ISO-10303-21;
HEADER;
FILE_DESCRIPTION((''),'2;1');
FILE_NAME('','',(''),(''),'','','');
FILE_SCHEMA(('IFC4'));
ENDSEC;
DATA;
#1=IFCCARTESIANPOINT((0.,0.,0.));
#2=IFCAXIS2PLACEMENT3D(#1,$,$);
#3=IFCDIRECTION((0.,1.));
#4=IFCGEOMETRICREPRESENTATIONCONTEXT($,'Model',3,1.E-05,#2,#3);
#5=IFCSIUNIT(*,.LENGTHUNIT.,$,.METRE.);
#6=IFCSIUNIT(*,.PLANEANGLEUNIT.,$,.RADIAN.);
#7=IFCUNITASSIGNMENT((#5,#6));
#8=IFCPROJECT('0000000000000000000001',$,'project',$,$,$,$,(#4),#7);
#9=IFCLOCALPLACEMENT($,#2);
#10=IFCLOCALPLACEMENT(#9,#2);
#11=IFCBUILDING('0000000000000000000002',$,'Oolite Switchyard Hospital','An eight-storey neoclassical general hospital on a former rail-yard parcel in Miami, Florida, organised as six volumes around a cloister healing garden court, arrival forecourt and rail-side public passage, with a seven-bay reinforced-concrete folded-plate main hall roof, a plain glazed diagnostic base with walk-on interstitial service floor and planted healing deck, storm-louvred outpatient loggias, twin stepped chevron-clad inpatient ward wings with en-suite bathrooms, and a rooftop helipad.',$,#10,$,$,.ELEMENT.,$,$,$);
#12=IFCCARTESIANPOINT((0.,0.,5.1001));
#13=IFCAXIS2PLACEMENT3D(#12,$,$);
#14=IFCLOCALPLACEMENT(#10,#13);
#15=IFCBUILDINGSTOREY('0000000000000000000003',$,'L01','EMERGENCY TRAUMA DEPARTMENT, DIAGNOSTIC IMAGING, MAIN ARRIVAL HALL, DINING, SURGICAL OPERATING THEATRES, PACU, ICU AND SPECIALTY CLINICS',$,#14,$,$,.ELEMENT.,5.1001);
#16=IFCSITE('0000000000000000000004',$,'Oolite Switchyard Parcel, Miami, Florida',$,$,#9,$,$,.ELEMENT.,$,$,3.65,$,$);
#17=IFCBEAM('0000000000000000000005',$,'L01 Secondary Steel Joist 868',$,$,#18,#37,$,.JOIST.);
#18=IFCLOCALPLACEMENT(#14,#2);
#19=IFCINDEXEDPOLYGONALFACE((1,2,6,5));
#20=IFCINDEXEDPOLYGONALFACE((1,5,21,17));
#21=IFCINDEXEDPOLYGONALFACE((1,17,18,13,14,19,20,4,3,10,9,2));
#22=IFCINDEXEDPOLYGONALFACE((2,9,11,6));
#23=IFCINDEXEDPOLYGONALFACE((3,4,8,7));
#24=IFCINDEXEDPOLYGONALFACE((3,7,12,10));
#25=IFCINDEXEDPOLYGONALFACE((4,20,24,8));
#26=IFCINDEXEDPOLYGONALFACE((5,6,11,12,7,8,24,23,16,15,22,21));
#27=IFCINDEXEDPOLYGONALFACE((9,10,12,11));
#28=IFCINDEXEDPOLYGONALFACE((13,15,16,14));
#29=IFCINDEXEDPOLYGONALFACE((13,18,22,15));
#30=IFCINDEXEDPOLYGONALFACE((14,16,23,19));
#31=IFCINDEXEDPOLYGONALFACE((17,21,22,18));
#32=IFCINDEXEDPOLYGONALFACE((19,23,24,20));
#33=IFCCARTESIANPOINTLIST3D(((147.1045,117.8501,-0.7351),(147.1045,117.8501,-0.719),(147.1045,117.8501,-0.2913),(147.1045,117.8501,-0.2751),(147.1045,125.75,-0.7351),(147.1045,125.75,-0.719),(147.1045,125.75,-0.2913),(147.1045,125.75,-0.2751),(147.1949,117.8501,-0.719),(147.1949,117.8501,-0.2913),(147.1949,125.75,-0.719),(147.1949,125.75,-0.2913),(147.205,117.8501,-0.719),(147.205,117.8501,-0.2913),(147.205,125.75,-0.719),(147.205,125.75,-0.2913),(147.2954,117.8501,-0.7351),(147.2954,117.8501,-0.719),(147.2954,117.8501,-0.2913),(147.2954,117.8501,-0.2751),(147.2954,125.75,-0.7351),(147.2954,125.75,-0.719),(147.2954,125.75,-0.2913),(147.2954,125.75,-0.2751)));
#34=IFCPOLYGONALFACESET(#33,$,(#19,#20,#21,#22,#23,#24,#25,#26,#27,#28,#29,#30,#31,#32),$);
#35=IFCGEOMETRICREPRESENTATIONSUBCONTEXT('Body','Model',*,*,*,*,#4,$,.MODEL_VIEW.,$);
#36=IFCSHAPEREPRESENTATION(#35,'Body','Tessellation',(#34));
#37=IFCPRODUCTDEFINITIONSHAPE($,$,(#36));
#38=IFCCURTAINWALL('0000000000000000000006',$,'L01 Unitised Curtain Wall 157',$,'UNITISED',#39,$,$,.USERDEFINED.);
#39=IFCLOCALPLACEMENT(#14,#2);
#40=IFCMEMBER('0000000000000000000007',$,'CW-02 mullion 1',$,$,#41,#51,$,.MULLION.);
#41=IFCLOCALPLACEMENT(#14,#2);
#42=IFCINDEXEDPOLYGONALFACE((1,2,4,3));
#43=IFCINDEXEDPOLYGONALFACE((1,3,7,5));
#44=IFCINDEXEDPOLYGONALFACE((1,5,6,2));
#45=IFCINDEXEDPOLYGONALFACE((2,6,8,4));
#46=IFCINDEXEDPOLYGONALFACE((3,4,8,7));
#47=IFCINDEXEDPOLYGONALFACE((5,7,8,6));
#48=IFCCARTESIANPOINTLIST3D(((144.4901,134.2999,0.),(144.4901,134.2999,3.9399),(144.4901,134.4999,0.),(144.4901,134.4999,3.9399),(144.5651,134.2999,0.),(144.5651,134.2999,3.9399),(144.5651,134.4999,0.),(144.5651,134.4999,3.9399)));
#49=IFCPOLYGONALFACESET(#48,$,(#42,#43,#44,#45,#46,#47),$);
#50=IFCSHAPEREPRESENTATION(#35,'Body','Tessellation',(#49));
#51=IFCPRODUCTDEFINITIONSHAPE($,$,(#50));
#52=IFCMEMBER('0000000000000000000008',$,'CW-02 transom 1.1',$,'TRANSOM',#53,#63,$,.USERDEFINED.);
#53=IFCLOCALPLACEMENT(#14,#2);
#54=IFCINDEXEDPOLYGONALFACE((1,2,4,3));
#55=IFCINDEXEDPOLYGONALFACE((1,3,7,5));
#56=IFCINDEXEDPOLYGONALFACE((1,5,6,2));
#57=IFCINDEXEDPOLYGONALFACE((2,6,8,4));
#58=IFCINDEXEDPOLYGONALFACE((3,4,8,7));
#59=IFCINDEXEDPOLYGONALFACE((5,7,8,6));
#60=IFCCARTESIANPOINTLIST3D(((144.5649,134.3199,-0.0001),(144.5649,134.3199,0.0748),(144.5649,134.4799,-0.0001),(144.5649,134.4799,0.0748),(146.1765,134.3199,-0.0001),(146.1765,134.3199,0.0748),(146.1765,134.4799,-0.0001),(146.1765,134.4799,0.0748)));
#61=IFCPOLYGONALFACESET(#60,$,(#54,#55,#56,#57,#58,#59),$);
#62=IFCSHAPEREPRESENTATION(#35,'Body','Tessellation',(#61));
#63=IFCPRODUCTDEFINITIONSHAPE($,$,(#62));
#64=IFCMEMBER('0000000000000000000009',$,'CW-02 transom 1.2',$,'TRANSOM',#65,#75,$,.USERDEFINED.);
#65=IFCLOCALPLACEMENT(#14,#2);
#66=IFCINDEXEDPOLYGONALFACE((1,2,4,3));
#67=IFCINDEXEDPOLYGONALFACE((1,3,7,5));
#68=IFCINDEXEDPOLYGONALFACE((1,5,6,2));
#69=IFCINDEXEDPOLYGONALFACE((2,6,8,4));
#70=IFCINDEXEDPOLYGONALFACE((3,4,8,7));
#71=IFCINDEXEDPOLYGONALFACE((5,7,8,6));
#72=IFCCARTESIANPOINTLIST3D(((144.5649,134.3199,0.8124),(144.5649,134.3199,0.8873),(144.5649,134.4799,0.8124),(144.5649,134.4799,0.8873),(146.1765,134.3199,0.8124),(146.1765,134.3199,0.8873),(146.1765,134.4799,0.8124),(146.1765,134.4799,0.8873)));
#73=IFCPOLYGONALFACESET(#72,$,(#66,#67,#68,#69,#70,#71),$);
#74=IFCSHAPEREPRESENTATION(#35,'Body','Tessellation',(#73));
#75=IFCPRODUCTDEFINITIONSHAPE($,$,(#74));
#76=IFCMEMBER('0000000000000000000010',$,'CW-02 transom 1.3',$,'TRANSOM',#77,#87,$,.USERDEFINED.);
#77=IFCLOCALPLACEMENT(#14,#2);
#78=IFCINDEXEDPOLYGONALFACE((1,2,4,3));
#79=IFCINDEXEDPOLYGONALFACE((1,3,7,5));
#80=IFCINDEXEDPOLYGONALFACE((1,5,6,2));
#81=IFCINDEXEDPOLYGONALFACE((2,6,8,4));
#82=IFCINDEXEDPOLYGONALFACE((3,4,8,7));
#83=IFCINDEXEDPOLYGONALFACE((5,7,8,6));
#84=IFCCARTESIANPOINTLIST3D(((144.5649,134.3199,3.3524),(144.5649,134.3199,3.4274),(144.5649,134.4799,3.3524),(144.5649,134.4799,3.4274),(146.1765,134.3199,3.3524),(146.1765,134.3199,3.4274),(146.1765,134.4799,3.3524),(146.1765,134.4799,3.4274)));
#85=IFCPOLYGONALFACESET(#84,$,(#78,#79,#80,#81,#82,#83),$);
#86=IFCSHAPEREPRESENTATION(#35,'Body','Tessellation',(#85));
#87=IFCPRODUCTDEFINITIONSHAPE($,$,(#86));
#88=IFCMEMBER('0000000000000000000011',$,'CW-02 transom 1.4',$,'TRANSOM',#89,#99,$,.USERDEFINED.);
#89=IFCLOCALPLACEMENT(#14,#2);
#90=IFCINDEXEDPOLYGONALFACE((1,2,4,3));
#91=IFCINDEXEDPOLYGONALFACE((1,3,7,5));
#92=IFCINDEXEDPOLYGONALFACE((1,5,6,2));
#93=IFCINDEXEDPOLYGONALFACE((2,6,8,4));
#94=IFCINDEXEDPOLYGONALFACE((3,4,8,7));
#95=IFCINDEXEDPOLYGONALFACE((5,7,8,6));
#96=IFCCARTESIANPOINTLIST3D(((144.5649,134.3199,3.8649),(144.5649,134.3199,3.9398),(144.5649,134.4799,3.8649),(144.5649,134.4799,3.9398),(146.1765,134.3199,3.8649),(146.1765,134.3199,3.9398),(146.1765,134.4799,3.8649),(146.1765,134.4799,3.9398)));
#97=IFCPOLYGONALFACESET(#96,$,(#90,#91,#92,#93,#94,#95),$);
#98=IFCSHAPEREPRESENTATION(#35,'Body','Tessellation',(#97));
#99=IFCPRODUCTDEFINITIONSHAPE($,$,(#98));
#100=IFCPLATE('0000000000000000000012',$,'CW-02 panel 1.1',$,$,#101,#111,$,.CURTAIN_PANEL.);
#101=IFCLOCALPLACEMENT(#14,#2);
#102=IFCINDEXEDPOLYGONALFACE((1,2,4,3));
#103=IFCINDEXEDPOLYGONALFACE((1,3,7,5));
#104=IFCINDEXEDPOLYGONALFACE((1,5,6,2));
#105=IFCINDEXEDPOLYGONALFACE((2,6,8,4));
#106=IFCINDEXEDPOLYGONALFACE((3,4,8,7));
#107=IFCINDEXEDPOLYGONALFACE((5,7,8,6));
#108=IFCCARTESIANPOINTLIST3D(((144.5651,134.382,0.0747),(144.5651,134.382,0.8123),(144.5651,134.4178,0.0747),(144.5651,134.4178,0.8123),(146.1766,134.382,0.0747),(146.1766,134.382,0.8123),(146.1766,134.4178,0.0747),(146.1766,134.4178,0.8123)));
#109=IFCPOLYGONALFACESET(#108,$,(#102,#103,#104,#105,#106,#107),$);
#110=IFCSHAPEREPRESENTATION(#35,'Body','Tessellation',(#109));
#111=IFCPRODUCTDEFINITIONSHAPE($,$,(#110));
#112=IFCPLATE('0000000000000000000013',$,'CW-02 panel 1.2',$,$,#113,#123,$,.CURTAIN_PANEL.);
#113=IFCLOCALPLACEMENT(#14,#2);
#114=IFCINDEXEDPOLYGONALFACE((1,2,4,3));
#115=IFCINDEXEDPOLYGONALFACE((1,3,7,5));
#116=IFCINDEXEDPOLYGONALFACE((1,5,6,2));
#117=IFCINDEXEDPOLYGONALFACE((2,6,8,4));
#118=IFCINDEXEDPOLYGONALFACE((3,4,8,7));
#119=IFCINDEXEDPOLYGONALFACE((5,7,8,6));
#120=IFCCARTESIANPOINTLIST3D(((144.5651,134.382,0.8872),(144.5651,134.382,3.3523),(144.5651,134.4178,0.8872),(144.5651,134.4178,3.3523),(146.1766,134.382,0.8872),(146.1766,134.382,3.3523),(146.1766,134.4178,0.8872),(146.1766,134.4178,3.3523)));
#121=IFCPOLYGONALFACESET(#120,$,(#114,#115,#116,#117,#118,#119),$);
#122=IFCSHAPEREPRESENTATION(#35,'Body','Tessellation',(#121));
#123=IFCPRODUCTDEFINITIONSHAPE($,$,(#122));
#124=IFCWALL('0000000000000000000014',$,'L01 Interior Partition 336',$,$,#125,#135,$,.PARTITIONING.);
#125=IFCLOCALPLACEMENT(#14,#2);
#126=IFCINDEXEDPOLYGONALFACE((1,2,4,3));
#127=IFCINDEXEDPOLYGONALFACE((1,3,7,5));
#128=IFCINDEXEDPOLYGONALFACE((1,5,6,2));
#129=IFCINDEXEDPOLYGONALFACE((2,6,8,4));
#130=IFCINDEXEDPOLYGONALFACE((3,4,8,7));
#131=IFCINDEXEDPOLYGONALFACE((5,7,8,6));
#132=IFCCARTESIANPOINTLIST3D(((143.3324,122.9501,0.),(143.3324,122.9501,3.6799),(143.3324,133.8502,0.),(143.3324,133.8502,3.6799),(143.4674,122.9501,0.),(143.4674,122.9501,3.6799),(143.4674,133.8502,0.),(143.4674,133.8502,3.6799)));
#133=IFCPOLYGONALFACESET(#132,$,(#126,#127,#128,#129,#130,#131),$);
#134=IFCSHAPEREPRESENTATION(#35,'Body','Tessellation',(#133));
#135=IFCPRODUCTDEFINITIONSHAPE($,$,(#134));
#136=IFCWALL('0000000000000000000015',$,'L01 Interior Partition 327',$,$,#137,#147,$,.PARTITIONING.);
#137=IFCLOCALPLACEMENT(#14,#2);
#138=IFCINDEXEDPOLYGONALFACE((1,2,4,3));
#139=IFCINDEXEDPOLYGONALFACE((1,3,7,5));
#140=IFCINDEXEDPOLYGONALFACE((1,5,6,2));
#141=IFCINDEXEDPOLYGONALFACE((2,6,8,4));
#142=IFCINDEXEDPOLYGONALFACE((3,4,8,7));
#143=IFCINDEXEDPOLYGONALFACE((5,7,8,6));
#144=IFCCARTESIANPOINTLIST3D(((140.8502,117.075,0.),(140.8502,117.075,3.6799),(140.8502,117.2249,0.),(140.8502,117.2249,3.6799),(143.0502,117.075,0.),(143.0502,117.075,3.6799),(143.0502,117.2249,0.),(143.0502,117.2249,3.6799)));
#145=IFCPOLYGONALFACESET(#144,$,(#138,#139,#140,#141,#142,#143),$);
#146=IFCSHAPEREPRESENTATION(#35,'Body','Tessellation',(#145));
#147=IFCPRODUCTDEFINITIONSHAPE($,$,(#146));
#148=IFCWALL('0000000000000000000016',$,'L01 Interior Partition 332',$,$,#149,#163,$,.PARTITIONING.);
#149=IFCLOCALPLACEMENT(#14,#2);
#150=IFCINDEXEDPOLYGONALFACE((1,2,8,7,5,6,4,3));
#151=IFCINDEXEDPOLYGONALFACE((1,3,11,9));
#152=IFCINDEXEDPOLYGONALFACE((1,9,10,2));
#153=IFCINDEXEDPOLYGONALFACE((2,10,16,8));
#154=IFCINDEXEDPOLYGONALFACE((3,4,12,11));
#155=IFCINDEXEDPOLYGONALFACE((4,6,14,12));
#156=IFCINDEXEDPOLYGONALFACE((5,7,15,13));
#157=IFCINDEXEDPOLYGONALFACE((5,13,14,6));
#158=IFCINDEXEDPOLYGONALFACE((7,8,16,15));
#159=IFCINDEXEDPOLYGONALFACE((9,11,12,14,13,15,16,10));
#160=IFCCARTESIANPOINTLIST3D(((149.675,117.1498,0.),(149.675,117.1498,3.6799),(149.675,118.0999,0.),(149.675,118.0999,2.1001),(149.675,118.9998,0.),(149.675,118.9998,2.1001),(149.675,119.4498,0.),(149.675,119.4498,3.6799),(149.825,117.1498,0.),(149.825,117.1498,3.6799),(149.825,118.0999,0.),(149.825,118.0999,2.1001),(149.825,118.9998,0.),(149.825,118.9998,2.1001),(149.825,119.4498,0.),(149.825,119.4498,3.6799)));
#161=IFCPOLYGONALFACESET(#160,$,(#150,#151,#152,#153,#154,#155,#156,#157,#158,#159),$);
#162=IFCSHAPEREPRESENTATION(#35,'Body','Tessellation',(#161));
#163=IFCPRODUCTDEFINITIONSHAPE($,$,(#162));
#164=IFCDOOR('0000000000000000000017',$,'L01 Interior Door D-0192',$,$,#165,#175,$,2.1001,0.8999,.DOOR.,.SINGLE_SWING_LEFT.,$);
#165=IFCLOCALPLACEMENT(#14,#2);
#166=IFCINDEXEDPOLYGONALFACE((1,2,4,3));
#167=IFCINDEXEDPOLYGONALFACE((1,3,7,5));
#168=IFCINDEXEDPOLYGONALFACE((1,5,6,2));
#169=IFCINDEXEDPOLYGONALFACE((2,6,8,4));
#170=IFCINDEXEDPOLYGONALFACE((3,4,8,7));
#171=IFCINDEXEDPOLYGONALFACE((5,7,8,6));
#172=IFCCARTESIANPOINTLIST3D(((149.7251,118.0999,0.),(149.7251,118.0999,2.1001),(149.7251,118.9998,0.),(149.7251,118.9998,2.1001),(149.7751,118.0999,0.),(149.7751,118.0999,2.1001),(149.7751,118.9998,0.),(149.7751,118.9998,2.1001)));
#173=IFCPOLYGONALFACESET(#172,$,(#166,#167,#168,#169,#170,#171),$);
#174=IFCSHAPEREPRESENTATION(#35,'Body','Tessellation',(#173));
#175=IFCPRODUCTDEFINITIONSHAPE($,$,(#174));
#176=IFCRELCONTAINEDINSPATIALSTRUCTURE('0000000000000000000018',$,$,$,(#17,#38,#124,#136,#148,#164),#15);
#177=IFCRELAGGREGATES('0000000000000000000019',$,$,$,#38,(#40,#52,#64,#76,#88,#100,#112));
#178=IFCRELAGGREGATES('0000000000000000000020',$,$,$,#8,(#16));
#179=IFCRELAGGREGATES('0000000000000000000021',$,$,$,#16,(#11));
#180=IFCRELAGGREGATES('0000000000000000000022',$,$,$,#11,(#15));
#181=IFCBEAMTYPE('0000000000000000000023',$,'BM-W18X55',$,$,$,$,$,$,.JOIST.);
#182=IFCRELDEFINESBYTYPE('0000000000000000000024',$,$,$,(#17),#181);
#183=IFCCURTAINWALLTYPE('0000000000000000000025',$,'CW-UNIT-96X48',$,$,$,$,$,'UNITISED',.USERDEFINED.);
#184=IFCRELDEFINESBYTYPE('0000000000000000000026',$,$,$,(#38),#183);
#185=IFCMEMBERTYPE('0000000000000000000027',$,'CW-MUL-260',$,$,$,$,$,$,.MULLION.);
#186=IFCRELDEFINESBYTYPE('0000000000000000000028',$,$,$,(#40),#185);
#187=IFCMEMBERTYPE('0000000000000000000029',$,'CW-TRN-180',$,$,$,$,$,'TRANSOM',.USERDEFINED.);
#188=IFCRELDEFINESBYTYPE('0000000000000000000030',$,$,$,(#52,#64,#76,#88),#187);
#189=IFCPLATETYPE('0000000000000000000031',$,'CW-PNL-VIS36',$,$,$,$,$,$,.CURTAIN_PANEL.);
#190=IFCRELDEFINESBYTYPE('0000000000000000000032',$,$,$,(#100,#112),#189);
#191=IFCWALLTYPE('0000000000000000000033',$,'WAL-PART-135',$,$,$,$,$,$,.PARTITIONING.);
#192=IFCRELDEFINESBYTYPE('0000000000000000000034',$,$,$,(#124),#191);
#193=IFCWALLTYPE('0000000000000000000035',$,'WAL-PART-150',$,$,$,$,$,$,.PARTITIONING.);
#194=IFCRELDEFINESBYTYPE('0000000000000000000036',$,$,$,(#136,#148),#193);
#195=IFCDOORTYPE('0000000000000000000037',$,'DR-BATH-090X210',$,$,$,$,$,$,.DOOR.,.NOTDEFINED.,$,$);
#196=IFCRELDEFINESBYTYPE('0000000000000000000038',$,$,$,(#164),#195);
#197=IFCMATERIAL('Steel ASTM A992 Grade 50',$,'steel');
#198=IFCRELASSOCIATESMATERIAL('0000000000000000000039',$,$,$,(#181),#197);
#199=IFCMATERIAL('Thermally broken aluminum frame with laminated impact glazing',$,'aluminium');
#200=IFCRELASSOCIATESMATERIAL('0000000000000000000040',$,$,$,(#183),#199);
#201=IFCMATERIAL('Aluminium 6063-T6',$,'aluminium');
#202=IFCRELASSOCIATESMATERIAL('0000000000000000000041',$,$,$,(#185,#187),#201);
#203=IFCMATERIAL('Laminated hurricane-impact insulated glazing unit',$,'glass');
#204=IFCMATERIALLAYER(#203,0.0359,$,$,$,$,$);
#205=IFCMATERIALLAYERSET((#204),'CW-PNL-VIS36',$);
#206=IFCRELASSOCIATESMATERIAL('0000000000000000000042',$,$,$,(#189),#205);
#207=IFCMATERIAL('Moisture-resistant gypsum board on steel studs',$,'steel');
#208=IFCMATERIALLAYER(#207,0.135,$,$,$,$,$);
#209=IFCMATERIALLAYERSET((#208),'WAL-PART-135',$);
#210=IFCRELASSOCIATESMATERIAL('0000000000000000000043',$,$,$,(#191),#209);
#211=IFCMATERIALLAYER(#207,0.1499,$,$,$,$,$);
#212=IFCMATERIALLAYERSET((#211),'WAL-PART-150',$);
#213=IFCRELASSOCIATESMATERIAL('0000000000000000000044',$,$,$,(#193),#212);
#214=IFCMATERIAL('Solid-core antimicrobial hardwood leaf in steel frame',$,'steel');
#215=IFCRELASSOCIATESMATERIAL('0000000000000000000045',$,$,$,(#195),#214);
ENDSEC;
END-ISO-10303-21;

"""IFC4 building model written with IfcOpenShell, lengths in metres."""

from ifc_helpers import new_model, si_unit, direction, frame, frame_2d, origin, origin_2d, place, context, subcontext, project, spatial, rectangle, i_section, extrude, material, layer, layer_set, material_profile, profile_set, type_object, element, fill, aggregate, save


model = new_model("IFC4")

# Units and contexts
model_context = context("Model", 3, precision=1e-05, world=origin(), true_north=direction((0.0, 1.0)))
body_context = subcontext(model_context, "Body", "Model", "MODEL_VIEW")
ifc_project = project(units=[si_unit("LENGTHUNIT", "METRE"), si_unit("PLANEANGLEUNIT", "RADIAN")], contexts=[model_context])

# Site, building, storey
site_placement = place(None, origin())
site = spatial("IfcSite", under=ifc_project, at=site_placement, Name="Oolite Switchyard Parcel, Miami, Florida", CompositionType="ELEMENT", RefElevation=3.65)
building_placement = place(site_placement, origin())
building = spatial("IfcBuilding", under=site, at=building_placement, Name="Oolite Switchyard Hospital", Description="An eight-storey neoclassical general hospital on a former rail-yard parcel in Miami, Florida, organised as six volumes around a cloister healing garden court, arrival forecourt and rail-side public passage, with a seven-bay reinforced-concrete folded-plate main hall roof, a plain glazed diagnostic base with walk-on interstitial service floor and planted healing deck, storm-louvred outpatient loggias, twin stepped chevron-clad inpatient ward wings with en-suite bathrooms, and a rooftop helipad.", CompositionType="ELEMENT")
storey_placement = place(building_placement, frame((0.0, 0.0, 5.1001)))
storey = spatial("IfcBuildingStorey", under=building, at=storey_placement, Name="L01", Description="EMERGENCY TRAUMA DEPARTMENT, DIAGNOSTIC IMAGING, MAIN ARRIVAL HALL, DINING, SURGICAL OPERATING THEATRES, PACU, ICU AND SPECIALTY CLINICS", CompositionType="ELEMENT", Elevation=5.1001)

# Beam
ifc_material_1 = material(Name="Steel ASTM A992 Grade 50", Category="steel")
ifc_material_profile_1 = material_profile(ifc_material_1, i_section(OverallWidth=0.1909, OverallDepth=0.46, WebThickness=0.01, FlangeThickness=0.0161, at=origin_2d()), Name="W18X55")
ifc_profile_set_1 = profile_set([ifc_material_profile_1], Name="Steel ASTM A992 Grade 50")
beam_type_1 = type_object("IfcBeamType", Name="BM-W18X55", PredefinedType="JOIST", material=ifc_profile_set_1)
beam_1_placement = place(storey_placement, frame((147.2, 117.8501, -0.5051), z_axis=(0.0, 1.0, 0.0), x_axis=(-1.0, 0.0, 0.0)))
element("IfcBeam", 1, at=beam_1_placement, inside=storey, type_object=beam_type_1, Name="L01 Secondary Steel Joist 868", PredefinedType="JOIST", context=body_context, shape_type="SweptSolid", body=[
    extrude(i_section(OverallWidth=0.1909, OverallDepth=0.46, WebThickness=0.01, FlangeThickness=0.0161, at=origin_2d()), origin(), (0.0, 0.0, 1.0), 7.8999),
])

# Curtain wall, members, plates
ifc_material_2 = material(Name="Thermally broken aluminum frame with laminated impact glazing", Category="aluminium")
curtain_wall_type = type_object("IfcCurtainWallType", Name="CW-UNIT-96X48", ElementType="UNITISED", PredefinedType="USERDEFINED", material=ifc_material_2)
curtain_wall_placement = place(storey_placement, origin())
curtain_wall = element("IfcCurtainWall", 2, at=curtain_wall_placement, inside=storey, type_object=curtain_wall_type, Name="L01 Unitised Curtain Wall 157", ObjectType="UNITISED", PredefinedType="USERDEFINED")
ifc_material_3 = material(Name="Aluminium 6063-T6", Category="aluminium")
ifc_material_profile_2 = material_profile(ifc_material_3, rectangle(XDim=0.2, YDim=0.075, at=origin_2d()), Name="CWM75X200")
ifc_profile_set_2 = profile_set([ifc_material_profile_2], Name="Aluminium 6063-T6")
member_type_1 = type_object("IfcMemberType", Name="CW-MUL-260", PredefinedType="MULLION", material=ifc_profile_set_2)
member_1_placement = place(storey_placement, frame((144.5276, 134.3999, 0.0), z_axis=(0.0, 0.0, 1.0), x_axis=(0.0, 1.0, 0.0)))
member_1 = element("IfcMember", 3, at=member_1_placement, type_object=member_type_1, Name="CW-02 mullion 1", PredefinedType="MULLION", context=body_context, shape_type="SweptSolid", body=[
    extrude(rectangle(XDim=0.2, YDim=0.075, at=origin_2d()), origin(), (0.0, 0.0, 1.0), 3.9399),
])
ifc_material_profile_3 = material_profile(ifc_material_3, rectangle(XDim=0.1599, YDim=0.075, at=origin_2d()), Name="CWT75X160")
ifc_profile_set_3 = profile_set([ifc_material_profile_3], Name="Aluminium 6063-T6")
member_type_2 = type_object("IfcMemberType", Name="CW-TRN-180", ElementType="TRANSOM", PredefinedType="USERDEFINED", material=ifc_profile_set_3)
member_2_placement = place(storey_placement, frame((144.5649, 134.3999, 0.0374), z_axis=(1.0, 0.0, 0.0), x_axis=(0.0, 1.0, 0.0)))
member_2 = element("IfcMember", 4, at=member_2_placement, type_object=member_type_2, Name="CW-02 transom 1.1", ObjectType="TRANSOM", PredefinedType="USERDEFINED", context=body_context, shape_type="SweptSolid", body=[
    extrude(rectangle(XDim=0.1599, YDim=0.075, at=origin_2d()), origin(), (0.0, 0.0, 1.0), 1.6116),
])
member_3_placement = place(storey_placement, frame((144.5649, 134.3999, 0.8499), z_axis=(1.0, 0.0, 0.0), x_axis=(0.0, 1.0, 0.0)))
member_3 = element("IfcMember", 5, at=member_3_placement, type_object=member_type_2, Name="CW-02 transom 1.2", ObjectType="TRANSOM", PredefinedType="USERDEFINED", context=body_context, shape_type="SweptSolid", body=[
    extrude(rectangle(XDim=0.1599, YDim=0.075, at=origin_2d()), origin(), (0.0, 0.0, 1.0), 1.6116),
])
member_4_placement = place(storey_placement, frame((144.5649, 134.3999, 3.3899), z_axis=(1.0, 0.0, 0.0), x_axis=(0.0, 1.0, 0.0)))
member_4 = element("IfcMember", 6, at=member_4_placement, type_object=member_type_2, Name="CW-02 transom 1.3", ObjectType="TRANSOM", PredefinedType="USERDEFINED", context=body_context, shape_type="SweptSolid", body=[
    extrude(rectangle(XDim=0.1599, YDim=0.075, at=origin_2d()), origin(), (0.0, 0.0, 1.0), 1.6116),
])
member_5_placement = place(storey_placement, frame((144.5649, 134.3999, 3.9023), z_axis=(1.0, 0.0, 0.0), x_axis=(0.0, 1.0, 0.0)))
member_5 = element("IfcMember", 7, at=member_5_placement, type_object=member_type_2, Name="CW-02 transom 1.4", ObjectType="TRANSOM", PredefinedType="USERDEFINED", context=body_context, shape_type="SweptSolid", body=[
    extrude(rectangle(XDim=0.1599, YDim=0.075, at=origin_2d()), origin(), (0.0, 0.0, 1.0), 1.6116),
])
ifc_material_4 = material(Name="Laminated hurricane-impact insulated glazing unit", Category="glass")
ifc_layer_1 = layer(ifc_material_4, 0.0359)
ifc_layer_set_1 = layer_set([ifc_layer_1], Name="CW-PNL-VIS36")
plate_type = type_object("IfcPlateType", Name="CW-PNL-VIS36", PredefinedType="CURTAIN_PANEL", material=ifc_layer_set_1)
plate_1_placement = place(storey_placement, frame((145.3708, 134.3999, 0.0747), z_axis=(0.0, 0.0, 1.0), x_axis=(1.0, 0.0, 0.0)))
plate_1 = element("IfcPlate", 8, at=plate_1_placement, type_object=plate_type, Name="CW-02 panel 1.1", PredefinedType="CURTAIN_PANEL", context=body_context, shape_type="SweptSolid", body=[
    extrude(rectangle(XDim=1.6116, YDim=0.0359, at=origin_2d()), origin(), (0.0, 0.0, 1.0), 0.7375),
])
plate_2_placement = place(storey_placement, frame((145.3708, 134.3999, 0.8872), z_axis=(0.0, 0.0, 1.0), x_axis=(1.0, 0.0, 0.0)))
plate_2 = element("IfcPlate", 9, at=plate_2_placement, type_object=plate_type, Name="CW-02 panel 1.2", PredefinedType="CURTAIN_PANEL", context=body_context, shape_type="SweptSolid", body=[
    extrude(rectangle(XDim=1.6116, YDim=0.0359, at=origin_2d()), origin(), (0.0, 0.0, 1.0), 2.4651),
])
aggregate(curtain_wall, [member_1, member_2, member_3, member_4, member_5, plate_1, plate_2])

# Walls
ifc_material_5 = material(Name="Moisture-resistant gypsum board on steel studs", Category="steel")
ifc_layer_2 = layer(ifc_material_5, 0.135)
ifc_layer_set_2 = layer_set([ifc_layer_2], Name="WAL-PART-135")
wall_type_1 = type_object("IfcWallType", Name="WAL-PART-135", PredefinedType="PARTITIONING", material=ifc_layer_set_2)
wall_1_placement = place(storey_placement, frame((143.3999, 122.95, 0.0), z_axis=(0.0, 0.0, 1.0), x_axis=(0.0, 1.0, 0.0)))
element("IfcWall", 10, at=wall_1_placement, inside=storey, type_object=wall_type_1, Name="L01 Interior Partition 336", PredefinedType="PARTITIONING", context=body_context, shape_type="SweptSolid", body=[
    extrude(rectangle(XDim=10.9001, YDim=0.135, at=frame_2d((5.4502, 0.0))), origin(), (0.0, 0.0, 1.0), 3.6799),
])
ifc_layer_3 = layer(ifc_material_5, 0.1499)
ifc_layer_set_3 = layer_set([ifc_layer_3], Name="WAL-PART-150")
wall_type_2 = type_object("IfcWallType", Name="WAL-PART-150", PredefinedType="PARTITIONING", material=ifc_layer_set_3)
wall_2_placement = place(storey_placement, frame((140.8501, 117.1499, 0.0), z_axis=(0.0, 0.0, 1.0), x_axis=(1.0, 0.0, 0.0)))
element("IfcWall", 11, at=wall_2_placement, inside=storey, type_object=wall_type_2, Name="L01 Interior Partition 327", PredefinedType="PARTITIONING", context=body_context, shape_type="SweptSolid", body=[
    extrude(rectangle(XDim=2.2, YDim=0.1499, at=frame_2d((1.1001, 0.0))), origin(), (0.0, 0.0, 1.0), 3.6799),
])

# Wall, opening, door
wall_3_placement = place(storey_placement, frame((149.75, 117.1499, 0.0), z_axis=(0.0, 0.0, 1.0), x_axis=(0.0, 1.0, 0.0)))
wall_3 = element("IfcWall", 12, at=wall_3_placement, inside=storey, type_object=wall_type_2, Name="L01 Interior Partition 332", PredefinedType="PARTITIONING", context=body_context, shape_type="SweptSolid", body=[
    extrude(rectangle(XDim=2.3, YDim=0.1499, at=frame_2d((1.1499, 0.0))), origin(), (0.0, 0.0, 1.0), 3.6799),
])
opening_1_placement = place(wall_3_placement, frame((0.95, 0.0, 0.0)))
opening_1 = element("IfcOpeningElement", 13, at=opening_1_placement, cuts=wall_3, PredefinedType="OPENING", context=body_context, shape_type="SweptSolid", body=[
    extrude(rectangle(XDim=0.8999, YDim=2.1001, at=frame_2d((0.45, 1.05))), frame((0.0, 0.085, 0.0), z_axis=(0.0, -1.0, 0.0), x_axis=(1.0, 0.0, 0.0)), (0.0, 0.0, 1.0), 0.1699),
])
ifc_material_6 = material(Name="Solid-core antimicrobial hardwood leaf in steel frame", Category="steel")
door_type_1 = type_object("IfcDoorType", Name="DR-BATH-090X210", OperationType="NOTDEFINED", PredefinedType="DOOR", material=ifc_material_6)
door_1_placement = place(opening_1_placement, origin())
door_1 = element("IfcDoor", 14, at=door_1_placement, inside=storey, type_object=door_type_1, Name="L01 Interior Door D-0192", OperationType="SINGLE_SWING_LEFT", OverallHeight=2.1001, OverallWidth=0.8999, PredefinedType="DOOR", context=body_context, shape_type="SweptSolid", body=[
    extrude(rectangle(XDim=0.8999, YDim=2.1001, at=frame_2d((0.45, 1.05))), frame((0.0, 0.0249, 0.0), z_axis=(0.0, -1.0, 0.0), x_axis=(1.0, 0.0, 0.0)), (0.0, 0.0, 1.0), 0.05),
])
fill(opening_1, door_1)

save(model, "model.ifc")
